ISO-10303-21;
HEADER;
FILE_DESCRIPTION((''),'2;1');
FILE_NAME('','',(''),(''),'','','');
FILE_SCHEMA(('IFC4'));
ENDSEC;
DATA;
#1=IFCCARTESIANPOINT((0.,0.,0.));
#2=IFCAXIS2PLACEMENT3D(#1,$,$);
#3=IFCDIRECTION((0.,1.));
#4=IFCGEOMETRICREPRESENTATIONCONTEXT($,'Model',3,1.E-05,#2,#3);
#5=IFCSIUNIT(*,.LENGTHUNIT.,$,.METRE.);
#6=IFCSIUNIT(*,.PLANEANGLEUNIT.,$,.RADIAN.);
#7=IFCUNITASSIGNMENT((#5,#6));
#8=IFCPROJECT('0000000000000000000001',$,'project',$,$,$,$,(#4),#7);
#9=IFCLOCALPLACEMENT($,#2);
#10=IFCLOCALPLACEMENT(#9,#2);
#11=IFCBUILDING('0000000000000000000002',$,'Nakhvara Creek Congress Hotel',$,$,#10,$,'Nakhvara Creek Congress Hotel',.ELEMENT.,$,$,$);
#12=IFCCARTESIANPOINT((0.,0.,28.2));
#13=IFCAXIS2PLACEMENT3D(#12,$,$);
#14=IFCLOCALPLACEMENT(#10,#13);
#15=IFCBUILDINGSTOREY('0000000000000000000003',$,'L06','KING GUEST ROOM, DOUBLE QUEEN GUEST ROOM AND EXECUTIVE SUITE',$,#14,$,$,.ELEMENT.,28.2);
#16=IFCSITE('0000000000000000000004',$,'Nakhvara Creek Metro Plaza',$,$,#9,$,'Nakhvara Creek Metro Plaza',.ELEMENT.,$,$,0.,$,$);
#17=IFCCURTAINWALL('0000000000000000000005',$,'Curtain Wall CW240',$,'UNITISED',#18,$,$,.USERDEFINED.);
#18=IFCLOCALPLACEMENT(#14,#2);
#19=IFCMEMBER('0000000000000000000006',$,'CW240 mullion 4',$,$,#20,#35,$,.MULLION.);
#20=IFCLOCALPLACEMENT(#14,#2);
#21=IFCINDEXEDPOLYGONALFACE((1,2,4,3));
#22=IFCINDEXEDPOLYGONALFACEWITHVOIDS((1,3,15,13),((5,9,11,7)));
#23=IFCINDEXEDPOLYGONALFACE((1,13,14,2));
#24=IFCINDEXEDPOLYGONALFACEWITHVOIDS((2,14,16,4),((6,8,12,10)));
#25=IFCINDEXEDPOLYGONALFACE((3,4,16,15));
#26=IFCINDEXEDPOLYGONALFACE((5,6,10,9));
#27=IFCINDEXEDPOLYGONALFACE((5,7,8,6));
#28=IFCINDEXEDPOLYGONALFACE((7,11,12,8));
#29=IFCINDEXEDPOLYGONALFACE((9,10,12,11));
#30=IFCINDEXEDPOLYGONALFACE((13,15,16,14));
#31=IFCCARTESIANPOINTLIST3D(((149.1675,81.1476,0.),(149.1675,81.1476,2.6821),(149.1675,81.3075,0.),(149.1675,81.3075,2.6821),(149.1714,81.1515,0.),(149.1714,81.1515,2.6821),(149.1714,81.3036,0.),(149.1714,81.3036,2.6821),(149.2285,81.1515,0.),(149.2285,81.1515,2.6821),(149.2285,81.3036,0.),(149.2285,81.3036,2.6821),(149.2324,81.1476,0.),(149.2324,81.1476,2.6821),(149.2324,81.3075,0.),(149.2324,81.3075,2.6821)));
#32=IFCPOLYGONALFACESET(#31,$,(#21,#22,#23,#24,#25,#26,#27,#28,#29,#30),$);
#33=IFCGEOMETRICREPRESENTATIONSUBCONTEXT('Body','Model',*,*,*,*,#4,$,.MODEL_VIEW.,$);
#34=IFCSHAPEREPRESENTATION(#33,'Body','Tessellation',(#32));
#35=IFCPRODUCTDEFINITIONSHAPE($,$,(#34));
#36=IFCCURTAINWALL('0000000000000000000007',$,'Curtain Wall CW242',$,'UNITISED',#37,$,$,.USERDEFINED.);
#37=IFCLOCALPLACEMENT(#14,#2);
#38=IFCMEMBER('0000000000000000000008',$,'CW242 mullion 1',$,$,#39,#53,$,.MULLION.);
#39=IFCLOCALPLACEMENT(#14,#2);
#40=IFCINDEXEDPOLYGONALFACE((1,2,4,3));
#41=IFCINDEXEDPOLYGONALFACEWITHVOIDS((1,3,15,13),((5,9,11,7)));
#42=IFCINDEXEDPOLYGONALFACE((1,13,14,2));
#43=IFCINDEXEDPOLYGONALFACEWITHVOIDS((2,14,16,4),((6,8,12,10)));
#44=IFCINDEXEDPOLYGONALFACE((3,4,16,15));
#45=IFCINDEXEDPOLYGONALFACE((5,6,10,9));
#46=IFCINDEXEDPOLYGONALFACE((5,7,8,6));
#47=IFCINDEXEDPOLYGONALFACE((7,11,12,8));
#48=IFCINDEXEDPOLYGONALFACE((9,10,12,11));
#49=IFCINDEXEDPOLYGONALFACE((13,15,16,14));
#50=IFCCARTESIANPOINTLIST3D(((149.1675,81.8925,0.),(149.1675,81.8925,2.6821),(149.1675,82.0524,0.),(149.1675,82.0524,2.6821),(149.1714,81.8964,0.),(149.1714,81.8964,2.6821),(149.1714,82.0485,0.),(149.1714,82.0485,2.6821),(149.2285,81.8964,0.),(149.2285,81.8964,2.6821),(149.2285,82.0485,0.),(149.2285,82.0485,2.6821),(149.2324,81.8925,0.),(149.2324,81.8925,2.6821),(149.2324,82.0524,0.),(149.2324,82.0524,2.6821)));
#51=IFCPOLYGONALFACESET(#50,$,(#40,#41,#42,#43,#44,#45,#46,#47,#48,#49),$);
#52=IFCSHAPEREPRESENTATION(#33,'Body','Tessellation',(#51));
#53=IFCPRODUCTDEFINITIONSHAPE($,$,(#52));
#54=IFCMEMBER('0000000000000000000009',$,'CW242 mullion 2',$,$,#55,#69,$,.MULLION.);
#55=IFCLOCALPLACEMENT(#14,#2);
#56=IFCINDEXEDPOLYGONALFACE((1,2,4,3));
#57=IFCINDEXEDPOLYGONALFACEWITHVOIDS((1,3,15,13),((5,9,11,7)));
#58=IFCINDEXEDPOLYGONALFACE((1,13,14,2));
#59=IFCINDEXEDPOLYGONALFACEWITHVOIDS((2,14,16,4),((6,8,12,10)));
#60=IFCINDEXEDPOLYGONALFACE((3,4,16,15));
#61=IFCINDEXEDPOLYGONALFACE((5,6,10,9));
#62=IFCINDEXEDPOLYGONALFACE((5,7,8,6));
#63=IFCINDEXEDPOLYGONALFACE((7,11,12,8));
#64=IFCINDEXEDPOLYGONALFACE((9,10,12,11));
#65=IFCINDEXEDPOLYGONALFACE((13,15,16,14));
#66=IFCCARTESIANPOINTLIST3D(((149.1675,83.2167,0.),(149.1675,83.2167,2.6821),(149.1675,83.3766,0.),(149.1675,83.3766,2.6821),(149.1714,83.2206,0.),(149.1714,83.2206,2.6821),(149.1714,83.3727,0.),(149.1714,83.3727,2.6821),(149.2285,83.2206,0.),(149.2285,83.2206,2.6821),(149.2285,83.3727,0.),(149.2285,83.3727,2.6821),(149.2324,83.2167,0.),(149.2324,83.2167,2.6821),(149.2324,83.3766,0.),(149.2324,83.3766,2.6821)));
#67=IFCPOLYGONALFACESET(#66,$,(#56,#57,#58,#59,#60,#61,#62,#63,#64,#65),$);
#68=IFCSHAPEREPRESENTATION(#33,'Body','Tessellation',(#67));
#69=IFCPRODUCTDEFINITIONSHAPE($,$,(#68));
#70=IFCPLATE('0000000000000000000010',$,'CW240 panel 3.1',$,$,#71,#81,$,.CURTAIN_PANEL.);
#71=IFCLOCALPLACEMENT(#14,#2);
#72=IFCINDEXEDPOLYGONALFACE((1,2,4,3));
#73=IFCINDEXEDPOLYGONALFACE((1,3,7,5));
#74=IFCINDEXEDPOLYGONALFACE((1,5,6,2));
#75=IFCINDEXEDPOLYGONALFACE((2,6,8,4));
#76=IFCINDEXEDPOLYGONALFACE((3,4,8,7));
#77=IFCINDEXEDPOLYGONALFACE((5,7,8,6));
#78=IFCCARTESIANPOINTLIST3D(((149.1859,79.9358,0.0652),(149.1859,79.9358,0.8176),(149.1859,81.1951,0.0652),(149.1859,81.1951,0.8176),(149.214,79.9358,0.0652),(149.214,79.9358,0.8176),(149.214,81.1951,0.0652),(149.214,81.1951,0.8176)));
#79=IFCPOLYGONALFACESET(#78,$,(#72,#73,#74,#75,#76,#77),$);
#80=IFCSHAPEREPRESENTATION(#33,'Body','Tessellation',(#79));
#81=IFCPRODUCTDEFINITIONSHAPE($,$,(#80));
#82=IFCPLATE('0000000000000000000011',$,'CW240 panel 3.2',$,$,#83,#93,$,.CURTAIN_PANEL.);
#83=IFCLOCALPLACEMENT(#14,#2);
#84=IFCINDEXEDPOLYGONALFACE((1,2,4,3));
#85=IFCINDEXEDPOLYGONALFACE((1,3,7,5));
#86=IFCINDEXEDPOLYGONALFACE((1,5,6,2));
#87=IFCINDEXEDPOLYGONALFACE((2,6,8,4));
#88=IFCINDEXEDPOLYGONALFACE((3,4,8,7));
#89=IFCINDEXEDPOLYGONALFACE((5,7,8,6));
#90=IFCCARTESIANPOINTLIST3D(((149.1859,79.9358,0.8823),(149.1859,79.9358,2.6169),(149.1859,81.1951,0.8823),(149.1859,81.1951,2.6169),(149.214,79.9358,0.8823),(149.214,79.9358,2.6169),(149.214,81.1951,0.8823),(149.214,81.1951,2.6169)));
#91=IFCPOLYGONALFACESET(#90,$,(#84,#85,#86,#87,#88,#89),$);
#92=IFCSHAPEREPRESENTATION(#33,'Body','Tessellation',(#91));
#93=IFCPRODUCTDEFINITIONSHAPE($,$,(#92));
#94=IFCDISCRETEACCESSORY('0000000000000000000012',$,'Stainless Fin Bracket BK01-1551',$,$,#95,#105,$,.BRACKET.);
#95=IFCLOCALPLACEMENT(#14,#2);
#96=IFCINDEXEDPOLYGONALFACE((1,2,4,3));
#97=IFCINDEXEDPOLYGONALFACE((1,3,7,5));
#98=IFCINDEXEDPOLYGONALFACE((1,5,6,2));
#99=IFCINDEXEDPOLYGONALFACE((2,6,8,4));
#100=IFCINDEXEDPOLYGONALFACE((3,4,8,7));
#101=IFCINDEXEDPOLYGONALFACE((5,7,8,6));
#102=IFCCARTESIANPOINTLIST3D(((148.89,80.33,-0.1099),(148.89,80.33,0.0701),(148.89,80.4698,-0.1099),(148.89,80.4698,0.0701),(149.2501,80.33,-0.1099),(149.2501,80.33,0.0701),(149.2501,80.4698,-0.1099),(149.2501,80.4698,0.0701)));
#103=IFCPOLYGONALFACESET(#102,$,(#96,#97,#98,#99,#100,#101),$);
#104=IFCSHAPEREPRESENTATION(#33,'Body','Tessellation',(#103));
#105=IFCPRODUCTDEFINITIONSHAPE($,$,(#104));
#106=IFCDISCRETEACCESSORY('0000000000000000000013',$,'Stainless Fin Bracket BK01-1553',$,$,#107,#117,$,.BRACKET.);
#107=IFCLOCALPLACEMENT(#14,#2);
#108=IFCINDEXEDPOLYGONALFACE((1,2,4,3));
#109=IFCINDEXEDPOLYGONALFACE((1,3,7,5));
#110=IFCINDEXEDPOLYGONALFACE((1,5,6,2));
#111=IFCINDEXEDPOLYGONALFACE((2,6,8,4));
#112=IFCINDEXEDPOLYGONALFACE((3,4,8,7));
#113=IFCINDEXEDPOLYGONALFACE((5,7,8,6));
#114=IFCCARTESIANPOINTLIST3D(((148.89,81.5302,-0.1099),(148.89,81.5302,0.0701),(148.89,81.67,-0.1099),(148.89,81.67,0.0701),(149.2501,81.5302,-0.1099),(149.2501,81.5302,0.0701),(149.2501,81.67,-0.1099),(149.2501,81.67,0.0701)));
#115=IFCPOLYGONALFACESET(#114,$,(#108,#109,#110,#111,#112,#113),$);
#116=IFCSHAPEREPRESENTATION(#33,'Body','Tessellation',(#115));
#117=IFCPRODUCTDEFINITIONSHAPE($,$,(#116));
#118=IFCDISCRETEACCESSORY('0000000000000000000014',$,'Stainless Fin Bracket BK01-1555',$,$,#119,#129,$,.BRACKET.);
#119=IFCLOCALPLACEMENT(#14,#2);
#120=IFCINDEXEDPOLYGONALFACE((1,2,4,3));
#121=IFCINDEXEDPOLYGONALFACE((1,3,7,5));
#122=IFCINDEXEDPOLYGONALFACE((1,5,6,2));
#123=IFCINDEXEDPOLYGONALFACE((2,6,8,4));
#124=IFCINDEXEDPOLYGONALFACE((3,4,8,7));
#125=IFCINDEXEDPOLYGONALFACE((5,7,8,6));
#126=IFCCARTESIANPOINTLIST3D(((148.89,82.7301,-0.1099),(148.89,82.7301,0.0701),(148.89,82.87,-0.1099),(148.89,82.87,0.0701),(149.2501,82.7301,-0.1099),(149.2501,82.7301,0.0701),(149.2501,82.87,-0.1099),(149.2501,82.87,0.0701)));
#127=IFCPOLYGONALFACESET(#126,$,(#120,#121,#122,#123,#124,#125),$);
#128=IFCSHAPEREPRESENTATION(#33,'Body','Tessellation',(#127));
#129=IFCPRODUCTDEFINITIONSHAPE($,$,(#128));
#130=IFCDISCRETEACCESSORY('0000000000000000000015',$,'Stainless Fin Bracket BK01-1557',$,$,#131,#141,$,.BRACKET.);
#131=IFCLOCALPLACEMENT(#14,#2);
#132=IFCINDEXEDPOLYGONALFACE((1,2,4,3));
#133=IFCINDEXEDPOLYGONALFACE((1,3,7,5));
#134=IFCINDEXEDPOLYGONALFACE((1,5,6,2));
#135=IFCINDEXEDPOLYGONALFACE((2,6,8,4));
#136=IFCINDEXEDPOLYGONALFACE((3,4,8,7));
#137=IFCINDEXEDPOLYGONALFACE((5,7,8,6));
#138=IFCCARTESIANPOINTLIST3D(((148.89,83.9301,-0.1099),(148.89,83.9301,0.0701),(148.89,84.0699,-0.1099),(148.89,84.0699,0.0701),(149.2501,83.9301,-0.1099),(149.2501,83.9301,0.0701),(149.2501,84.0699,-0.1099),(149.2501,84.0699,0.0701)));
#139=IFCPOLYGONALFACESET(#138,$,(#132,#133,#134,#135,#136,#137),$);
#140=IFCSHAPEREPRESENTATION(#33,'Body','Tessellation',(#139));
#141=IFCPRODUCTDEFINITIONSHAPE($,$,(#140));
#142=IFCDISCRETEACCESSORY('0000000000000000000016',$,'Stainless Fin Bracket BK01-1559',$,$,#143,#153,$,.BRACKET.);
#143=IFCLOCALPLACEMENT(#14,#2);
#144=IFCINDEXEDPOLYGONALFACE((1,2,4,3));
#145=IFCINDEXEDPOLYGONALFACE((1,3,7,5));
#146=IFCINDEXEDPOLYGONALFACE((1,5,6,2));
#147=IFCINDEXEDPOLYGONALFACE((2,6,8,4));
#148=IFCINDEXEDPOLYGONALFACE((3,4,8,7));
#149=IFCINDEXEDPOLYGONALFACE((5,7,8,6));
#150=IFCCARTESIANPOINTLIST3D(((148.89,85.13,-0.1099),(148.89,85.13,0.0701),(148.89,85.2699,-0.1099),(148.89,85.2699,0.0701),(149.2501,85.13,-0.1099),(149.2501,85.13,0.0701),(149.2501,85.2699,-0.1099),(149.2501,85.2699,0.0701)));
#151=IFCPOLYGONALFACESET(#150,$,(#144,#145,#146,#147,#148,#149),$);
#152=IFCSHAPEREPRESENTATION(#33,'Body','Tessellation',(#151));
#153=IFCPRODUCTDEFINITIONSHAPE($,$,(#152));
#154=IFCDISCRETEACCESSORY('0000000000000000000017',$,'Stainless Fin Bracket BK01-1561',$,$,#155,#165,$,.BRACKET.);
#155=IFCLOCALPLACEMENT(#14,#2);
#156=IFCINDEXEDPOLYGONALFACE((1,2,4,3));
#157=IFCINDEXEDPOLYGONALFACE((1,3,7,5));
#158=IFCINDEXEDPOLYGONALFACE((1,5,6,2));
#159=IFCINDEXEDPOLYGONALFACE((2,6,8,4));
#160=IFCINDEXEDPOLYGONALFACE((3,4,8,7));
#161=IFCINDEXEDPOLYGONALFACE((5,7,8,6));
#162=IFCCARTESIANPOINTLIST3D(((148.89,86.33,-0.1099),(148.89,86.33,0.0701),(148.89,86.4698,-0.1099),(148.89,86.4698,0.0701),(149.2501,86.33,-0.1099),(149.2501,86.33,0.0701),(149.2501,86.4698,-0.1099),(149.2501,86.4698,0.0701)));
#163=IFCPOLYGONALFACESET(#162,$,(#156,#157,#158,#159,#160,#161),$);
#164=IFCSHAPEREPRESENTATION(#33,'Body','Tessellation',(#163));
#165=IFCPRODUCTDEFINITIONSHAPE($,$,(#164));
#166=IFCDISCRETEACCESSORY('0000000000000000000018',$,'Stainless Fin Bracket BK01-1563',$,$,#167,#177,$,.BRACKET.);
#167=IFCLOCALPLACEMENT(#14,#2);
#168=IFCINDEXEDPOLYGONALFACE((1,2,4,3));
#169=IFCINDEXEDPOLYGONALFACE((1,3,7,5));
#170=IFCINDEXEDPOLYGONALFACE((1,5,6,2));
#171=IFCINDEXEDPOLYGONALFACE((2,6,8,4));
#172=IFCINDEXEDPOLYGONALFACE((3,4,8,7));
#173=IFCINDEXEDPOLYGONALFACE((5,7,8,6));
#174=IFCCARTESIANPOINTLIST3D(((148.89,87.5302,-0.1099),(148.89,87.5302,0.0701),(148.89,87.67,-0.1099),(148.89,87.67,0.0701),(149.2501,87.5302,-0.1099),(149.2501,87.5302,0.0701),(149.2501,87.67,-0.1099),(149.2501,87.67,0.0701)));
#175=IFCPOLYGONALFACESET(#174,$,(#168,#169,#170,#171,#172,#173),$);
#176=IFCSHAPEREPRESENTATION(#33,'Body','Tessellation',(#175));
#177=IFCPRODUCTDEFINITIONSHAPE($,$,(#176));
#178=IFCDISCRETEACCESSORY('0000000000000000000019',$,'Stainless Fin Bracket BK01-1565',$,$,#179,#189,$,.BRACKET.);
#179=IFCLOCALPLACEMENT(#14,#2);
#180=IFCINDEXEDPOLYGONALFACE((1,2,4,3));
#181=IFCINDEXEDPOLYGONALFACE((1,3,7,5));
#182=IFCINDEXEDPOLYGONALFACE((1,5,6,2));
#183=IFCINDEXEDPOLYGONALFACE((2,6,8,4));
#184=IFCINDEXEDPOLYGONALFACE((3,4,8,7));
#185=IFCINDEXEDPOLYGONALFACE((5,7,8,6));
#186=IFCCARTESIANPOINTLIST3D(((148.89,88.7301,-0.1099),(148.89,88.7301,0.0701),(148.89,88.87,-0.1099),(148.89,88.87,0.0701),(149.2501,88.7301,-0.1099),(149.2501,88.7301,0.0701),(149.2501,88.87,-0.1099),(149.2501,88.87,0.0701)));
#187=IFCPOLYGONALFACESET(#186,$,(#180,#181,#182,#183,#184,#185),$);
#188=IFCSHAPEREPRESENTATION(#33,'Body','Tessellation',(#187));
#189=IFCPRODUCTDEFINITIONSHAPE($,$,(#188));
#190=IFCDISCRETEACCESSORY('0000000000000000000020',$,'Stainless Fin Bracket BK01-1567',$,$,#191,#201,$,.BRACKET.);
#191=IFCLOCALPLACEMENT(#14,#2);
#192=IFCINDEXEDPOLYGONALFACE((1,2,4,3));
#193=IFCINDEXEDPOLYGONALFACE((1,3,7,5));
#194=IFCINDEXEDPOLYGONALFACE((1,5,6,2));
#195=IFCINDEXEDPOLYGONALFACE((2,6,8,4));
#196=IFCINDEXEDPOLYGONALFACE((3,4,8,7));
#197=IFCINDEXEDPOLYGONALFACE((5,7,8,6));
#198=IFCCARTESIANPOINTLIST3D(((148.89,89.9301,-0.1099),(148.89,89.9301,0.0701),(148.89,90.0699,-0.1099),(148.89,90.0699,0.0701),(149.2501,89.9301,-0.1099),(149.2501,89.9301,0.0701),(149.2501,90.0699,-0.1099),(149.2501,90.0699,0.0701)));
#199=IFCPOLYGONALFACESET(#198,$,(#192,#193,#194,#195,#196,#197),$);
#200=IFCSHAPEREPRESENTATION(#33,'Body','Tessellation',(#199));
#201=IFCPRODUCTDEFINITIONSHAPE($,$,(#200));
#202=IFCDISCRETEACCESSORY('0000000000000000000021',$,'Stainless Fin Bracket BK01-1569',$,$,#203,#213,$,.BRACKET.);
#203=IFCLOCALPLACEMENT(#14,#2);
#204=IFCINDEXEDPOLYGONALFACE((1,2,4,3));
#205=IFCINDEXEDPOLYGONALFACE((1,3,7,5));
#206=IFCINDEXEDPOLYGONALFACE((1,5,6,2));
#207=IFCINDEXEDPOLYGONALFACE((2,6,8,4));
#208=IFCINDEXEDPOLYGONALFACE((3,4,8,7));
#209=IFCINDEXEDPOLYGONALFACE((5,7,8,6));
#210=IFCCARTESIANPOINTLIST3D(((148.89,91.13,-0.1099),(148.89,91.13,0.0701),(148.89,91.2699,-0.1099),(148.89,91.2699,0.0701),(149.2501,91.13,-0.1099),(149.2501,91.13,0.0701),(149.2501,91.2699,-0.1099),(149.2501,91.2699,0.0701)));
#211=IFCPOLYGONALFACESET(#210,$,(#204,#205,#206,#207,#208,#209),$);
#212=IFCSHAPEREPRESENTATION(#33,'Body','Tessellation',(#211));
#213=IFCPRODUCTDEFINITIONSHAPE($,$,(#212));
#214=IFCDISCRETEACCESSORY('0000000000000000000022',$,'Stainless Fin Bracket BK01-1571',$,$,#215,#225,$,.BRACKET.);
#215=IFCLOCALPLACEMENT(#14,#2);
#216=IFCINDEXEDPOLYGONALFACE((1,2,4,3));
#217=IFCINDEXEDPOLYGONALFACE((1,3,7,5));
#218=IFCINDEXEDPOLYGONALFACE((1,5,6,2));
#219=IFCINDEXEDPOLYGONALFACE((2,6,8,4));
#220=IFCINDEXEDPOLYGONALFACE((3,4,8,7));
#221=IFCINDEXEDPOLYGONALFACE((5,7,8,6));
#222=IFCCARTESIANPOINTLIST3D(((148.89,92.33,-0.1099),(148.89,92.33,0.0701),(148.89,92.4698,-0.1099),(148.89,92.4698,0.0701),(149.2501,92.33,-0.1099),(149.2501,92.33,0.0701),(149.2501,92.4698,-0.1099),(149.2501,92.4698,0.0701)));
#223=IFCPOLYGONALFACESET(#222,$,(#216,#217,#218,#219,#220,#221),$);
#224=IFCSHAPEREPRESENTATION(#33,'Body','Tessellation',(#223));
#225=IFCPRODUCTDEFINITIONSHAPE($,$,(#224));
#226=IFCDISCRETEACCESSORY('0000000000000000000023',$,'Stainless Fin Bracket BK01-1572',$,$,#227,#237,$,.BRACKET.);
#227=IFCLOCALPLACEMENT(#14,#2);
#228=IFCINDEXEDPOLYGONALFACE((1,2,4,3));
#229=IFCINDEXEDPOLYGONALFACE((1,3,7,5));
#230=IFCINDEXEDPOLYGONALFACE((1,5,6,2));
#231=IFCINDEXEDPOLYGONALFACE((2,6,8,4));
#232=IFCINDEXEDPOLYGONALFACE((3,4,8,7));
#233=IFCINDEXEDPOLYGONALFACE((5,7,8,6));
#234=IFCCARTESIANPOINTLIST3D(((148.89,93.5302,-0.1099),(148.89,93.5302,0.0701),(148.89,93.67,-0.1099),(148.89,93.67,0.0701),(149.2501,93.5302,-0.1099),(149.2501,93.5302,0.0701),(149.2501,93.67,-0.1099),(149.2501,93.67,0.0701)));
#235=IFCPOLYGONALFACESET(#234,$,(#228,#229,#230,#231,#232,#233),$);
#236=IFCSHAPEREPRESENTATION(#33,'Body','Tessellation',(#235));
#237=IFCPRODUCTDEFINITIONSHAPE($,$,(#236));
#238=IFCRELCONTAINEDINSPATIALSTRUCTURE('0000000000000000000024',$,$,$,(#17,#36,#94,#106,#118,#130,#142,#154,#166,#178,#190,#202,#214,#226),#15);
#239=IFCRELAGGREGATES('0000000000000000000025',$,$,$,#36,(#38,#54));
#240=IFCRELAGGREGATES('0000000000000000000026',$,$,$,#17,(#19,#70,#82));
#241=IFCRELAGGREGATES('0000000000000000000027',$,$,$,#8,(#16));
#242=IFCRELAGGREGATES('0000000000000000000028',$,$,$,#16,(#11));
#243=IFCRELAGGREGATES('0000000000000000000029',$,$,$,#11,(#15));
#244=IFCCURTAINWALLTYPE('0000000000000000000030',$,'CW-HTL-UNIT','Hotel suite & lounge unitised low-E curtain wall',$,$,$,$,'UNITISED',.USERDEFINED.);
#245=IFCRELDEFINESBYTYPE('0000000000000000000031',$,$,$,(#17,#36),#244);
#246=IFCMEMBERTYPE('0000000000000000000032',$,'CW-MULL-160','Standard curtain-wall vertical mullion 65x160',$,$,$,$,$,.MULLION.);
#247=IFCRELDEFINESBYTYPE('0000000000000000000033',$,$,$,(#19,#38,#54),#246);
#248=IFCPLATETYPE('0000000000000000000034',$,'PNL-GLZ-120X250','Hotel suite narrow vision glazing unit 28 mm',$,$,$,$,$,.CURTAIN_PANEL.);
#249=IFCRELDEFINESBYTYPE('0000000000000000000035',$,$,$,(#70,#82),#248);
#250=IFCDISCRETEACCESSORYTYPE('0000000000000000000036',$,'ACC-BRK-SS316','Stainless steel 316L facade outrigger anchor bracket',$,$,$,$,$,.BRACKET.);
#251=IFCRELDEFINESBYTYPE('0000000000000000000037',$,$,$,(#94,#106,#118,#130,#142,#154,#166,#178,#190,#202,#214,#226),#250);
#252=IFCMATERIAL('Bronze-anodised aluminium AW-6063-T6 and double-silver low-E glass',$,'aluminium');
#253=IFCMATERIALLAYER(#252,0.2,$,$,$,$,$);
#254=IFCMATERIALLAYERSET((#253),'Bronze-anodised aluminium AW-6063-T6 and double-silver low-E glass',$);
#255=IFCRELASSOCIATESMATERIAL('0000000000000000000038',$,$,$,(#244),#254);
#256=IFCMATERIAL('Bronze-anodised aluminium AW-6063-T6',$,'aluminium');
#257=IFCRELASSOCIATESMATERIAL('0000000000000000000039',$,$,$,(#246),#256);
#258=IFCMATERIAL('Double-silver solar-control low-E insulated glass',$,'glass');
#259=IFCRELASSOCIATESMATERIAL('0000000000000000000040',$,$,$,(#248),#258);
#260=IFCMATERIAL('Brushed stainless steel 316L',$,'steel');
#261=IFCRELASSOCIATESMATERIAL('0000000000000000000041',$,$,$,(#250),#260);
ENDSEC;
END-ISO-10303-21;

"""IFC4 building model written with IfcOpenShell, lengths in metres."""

from ifc_helpers import new_model, si_unit, direction, frame, origin, origin_2d, place, context, subcontext, project, spatial, rectangle, hollow_rectangle, extrude, material, layer, layer_set, material_profile, profile_set, type_object, element, aggregate, save


model = new_model("IFC4")

# Units and contexts
model_context = context("Model", 3, precision=1e-05, world=origin(), true_north=direction((0.0, 1.0)))
body_context = subcontext(model_context, "Body", "Model", "MODEL_VIEW")
ifc_project = project(units=[si_unit("LENGTHUNIT", "METRE"), si_unit("PLANEANGLEUNIT", "RADIAN")], contexts=[model_context])

# Site, building, storey
site_placement = place(None, origin())
site = spatial("IfcSite", under=ifc_project, at=site_placement, Name="Nakhvara Creek Metro Plaza", LongName="Nakhvara Creek Metro Plaza", CompositionType="ELEMENT", RefElevation=0.0)
building_placement = place(site_placement, origin())
building = spatial("IfcBuilding", under=site, at=building_placement, Name="Nakhvara Creek Congress Hotel", LongName="Nakhvara Creek Congress Hotel", CompositionType="ELEMENT")
storey_placement = place(building_placement, frame((0.0, 0.0, 28.2)))
storey = spatial("IfcBuildingStorey", under=building, at=storey_placement, Name="L06", Description="KING GUEST ROOM, DOUBLE QUEEN GUEST ROOM AND EXECUTIVE SUITE", CompositionType="ELEMENT", Elevation=28.2)

# Curtain wall, member
ifc_material_1 = material(Name="Bronze-anodised aluminium AW-6063-T6 and double-silver low-E glass", Category="aluminium")
ifc_layer = layer(ifc_material_1, 0.2)
ifc_layer_set = layer_set([ifc_layer], Name="Bronze-anodised aluminium AW-6063-T6 and double-silver low-E glass")
curtain_wall_type = type_object("IfcCurtainWallType", Name="CW-HTL-UNIT", Description="Hotel suite & lounge unitised low-E curtain wall", ElementType="UNITISED", PredefinedType="USERDEFINED", material=ifc_layer_set)
curtain_wall_1_placement = place(storey_placement, origin())
curtain_wall_1 = element("IfcCurtainWall", 1, at=curtain_wall_1_placement, inside=storey, type_object=curtain_wall_type, Name="Curtain Wall CW240", ObjectType="UNITISED", PredefinedType="USERDEFINED")
ifc_material_2 = material(Name="Bronze-anodised aluminium AW-6063-T6", Category="aluminium")
ifc_material_profile = material_profile(ifc_material_2, hollow_rectangle(XDim=0.0649, YDim=0.1599, WallThickness=0.0039, at=origin_2d()), Name="ALU-MULL 65x160x4", Category="LoadBearing")
ifc_profile_set = profile_set([ifc_material_profile], Name="Bronze-anodised aluminium AW-6063-T6")
member_type = type_object("IfcMemberType", Name="CW-MULL-160", Description="Standard curtain-wall vertical mullion 65x160", PredefinedType="MULLION", material=ifc_profile_set)
member_1_placement = place(storey_placement, frame((149.2, 81.2275, 0.0), z_axis=(0.0, 0.0, 1.0), x_axis=(-1.0, 0.0, 0.0)))
member_1 = element("IfcMember", 2, at=member_1_placement, type_object=member_type, Name="CW240 mullion 4", PredefinedType="MULLION", context=body_context, shape_type="SweptSolid", body=[
    extrude(hollow_rectangle(XDim=0.0649, YDim=0.1599, WallThickness=0.0039, at=origin_2d()), origin(), (0.0, 0.0, 1.0), 2.6821),
])

# Curtain wall, members
curtain_wall_2_placement = place(storey_placement, origin())
curtain_wall_2 = element("IfcCurtainWall", 3, at=curtain_wall_2_placement, inside=storey, type_object=curtain_wall_type, Name="Curtain Wall CW242", ObjectType="UNITISED", PredefinedType="USERDEFINED")
member_2_placement = place(storey_placement, frame((149.2, 81.9724, 0.0), z_axis=(0.0, 0.0, 1.0), x_axis=(-1.0, 0.0, 0.0)))
member_2 = element("IfcMember", 4, at=member_2_placement, type_object=member_type, Name="CW242 mullion 1", PredefinedType="MULLION", context=body_context, shape_type="SweptSolid", body=[
    extrude(hollow_rectangle(XDim=0.0649, YDim=0.1599, WallThickness=0.0039, at=origin_2d()), origin(), (0.0, 0.0, 1.0), 2.6821),
])
member_3_placement = place(storey_placement, frame((149.2, 83.2966, 0.0), z_axis=(0.0, 0.0, 1.0), x_axis=(-1.0, 0.0, 0.0)))
member_3 = element("IfcMember", 5, at=member_3_placement, type_object=member_type, Name="CW242 mullion 2", PredefinedType="MULLION", context=body_context, shape_type="SweptSolid", body=[
    extrude(hollow_rectangle(XDim=0.0649, YDim=0.1599, WallThickness=0.0039, at=origin_2d()), origin(), (0.0, 0.0, 1.0), 2.6821),
])
aggregate(curtain_wall_2, [member_2, member_3])

# Plates
ifc_material_3 = material(Name="Double-silver solar-control low-E insulated glass", Category="glass")
plate_type = type_object("IfcPlateType", Name="PNL-GLZ-120X250", Description="Hotel suite narrow vision glazing unit 28 mm", PredefinedType="CURTAIN_PANEL", material=ifc_material_3)
plate_1_placement = place(storey_placement, frame((149.2, 80.5654, 0.0652), z_axis=(0.0, 0.0, 1.0), x_axis=(0.0, 1.0, 0.0)))
plate_1 = element("IfcPlate", 6, at=plate_1_placement, type_object=plate_type, Name="CW240 panel 3.1", PredefinedType="CURTAIN_PANEL", context=body_context, shape_type="SweptSolid", body=[
    extrude(rectangle(XDim=1.2593, YDim=0.0281, at=origin_2d()), origin(), (0.0, 0.0, 1.0), 0.7524),
])
plate_2_placement = place(storey_placement, frame((149.2, 80.5654, 0.8823), z_axis=(0.0, 0.0, 1.0), x_axis=(0.0, 1.0, 0.0)))
plate_2 = element("IfcPlate", 7, at=plate_2_placement, type_object=plate_type, Name="CW240 panel 3.2", PredefinedType="CURTAIN_PANEL", context=body_context, shape_type="SweptSolid", body=[
    extrude(rectangle(XDim=1.2593, YDim=0.0281, at=origin_2d()), origin(), (0.0, 0.0, 1.0), 1.7346),
])
aggregate(curtain_wall_1, [member_1, plate_1, plate_2])

# Discrete accessories
ifc_material_4 = material(Name="Brushed stainless steel 316L", Category="steel")
discrete_accessory_type = type_object("IfcDiscreteAccessoryType", Name="ACC-BRK-SS316", Description="Stainless steel 316L facade outrigger anchor bracket", PredefinedType="BRACKET", material=ifc_material_4)
for number, where, z_axis, x_axis, name in (
    (8, (149.0701, 80.3999, -0.1099), (0.0, 0.0, 1.0), (0.0, 1.0, 0.0), "Stainless Fin Bracket BK01-1551"),
    (9, (149.0701, 81.6001, -0.1099), (0.0, 0.0, 1.0), (0.0, 1.0, 0.0), "Stainless Fin Bracket BK01-1553"),
    (10, (149.0701, 82.8, -0.1099), (0.0, 0.0, 1.0), (0.0, 1.0, 0.0), "Stainless Fin Bracket BK01-1555"),
    (11, (149.0701, 84.0, -0.1099), (0.0, 0.0, 1.0), (0.0, 1.0, 0.0), "Stainless Fin Bracket BK01-1557"),
    (12, (149.0701, 85.2, -0.1099), (0.0, 0.0, 1.0), (0.0, 1.0, 0.0), "Stainless Fin Bracket BK01-1559"),
    (13, (149.0701, 86.3999, -0.1099), (0.0, 0.0, 1.0), (0.0, 1.0, 0.0), "Stainless Fin Bracket BK01-1561"),
    (14, (149.0701, 87.6001, -0.1099), (0.0, 0.0, 1.0), (0.0, 1.0, 0.0), "Stainless Fin Bracket BK01-1563"),
    (15, (149.0701, 88.8, -0.1099), (0.0, 0.0, 1.0), (0.0, 1.0, 0.0), "Stainless Fin Bracket BK01-1565"),
    (16, (149.0701, 90.0, -0.1099), (0.0, 0.0, 1.0), (0.0, 1.0, 0.0), "Stainless Fin Bracket BK01-1567"),
    (17, (149.0701, 91.2, -0.1099), (0.0, 0.0, 1.0), (0.0, 1.0, 0.0), "Stainless Fin Bracket BK01-1569"),
    (18, (149.0701, 92.3999, -0.1099), (0.0, 0.0, 1.0), (0.0, 1.0, 0.0), "Stainless Fin Bracket BK01-1571"),
    (19, (149.0701, 93.6001, -0.1099), (0.0, 0.0, 1.0), (0.0, 1.0, 0.0), "Stainless Fin Bracket BK01-1572"),
):
    element("IfcDiscreteAccessory", number, at=place(storey_placement, frame(where, z_axis=z_axis, x_axis=x_axis)), inside=storey, type_object=discrete_accessory_type, Name=name, PredefinedType="BRACKET", context=body_context, shape_type="SweptSolid", body=[
        extrude(rectangle(XDim=0.1399, YDim=0.3601, at=origin_2d()), origin(), (0.0, 0.0, 1.0), 0.1799),
    ])

save(model, "model.ifc")
